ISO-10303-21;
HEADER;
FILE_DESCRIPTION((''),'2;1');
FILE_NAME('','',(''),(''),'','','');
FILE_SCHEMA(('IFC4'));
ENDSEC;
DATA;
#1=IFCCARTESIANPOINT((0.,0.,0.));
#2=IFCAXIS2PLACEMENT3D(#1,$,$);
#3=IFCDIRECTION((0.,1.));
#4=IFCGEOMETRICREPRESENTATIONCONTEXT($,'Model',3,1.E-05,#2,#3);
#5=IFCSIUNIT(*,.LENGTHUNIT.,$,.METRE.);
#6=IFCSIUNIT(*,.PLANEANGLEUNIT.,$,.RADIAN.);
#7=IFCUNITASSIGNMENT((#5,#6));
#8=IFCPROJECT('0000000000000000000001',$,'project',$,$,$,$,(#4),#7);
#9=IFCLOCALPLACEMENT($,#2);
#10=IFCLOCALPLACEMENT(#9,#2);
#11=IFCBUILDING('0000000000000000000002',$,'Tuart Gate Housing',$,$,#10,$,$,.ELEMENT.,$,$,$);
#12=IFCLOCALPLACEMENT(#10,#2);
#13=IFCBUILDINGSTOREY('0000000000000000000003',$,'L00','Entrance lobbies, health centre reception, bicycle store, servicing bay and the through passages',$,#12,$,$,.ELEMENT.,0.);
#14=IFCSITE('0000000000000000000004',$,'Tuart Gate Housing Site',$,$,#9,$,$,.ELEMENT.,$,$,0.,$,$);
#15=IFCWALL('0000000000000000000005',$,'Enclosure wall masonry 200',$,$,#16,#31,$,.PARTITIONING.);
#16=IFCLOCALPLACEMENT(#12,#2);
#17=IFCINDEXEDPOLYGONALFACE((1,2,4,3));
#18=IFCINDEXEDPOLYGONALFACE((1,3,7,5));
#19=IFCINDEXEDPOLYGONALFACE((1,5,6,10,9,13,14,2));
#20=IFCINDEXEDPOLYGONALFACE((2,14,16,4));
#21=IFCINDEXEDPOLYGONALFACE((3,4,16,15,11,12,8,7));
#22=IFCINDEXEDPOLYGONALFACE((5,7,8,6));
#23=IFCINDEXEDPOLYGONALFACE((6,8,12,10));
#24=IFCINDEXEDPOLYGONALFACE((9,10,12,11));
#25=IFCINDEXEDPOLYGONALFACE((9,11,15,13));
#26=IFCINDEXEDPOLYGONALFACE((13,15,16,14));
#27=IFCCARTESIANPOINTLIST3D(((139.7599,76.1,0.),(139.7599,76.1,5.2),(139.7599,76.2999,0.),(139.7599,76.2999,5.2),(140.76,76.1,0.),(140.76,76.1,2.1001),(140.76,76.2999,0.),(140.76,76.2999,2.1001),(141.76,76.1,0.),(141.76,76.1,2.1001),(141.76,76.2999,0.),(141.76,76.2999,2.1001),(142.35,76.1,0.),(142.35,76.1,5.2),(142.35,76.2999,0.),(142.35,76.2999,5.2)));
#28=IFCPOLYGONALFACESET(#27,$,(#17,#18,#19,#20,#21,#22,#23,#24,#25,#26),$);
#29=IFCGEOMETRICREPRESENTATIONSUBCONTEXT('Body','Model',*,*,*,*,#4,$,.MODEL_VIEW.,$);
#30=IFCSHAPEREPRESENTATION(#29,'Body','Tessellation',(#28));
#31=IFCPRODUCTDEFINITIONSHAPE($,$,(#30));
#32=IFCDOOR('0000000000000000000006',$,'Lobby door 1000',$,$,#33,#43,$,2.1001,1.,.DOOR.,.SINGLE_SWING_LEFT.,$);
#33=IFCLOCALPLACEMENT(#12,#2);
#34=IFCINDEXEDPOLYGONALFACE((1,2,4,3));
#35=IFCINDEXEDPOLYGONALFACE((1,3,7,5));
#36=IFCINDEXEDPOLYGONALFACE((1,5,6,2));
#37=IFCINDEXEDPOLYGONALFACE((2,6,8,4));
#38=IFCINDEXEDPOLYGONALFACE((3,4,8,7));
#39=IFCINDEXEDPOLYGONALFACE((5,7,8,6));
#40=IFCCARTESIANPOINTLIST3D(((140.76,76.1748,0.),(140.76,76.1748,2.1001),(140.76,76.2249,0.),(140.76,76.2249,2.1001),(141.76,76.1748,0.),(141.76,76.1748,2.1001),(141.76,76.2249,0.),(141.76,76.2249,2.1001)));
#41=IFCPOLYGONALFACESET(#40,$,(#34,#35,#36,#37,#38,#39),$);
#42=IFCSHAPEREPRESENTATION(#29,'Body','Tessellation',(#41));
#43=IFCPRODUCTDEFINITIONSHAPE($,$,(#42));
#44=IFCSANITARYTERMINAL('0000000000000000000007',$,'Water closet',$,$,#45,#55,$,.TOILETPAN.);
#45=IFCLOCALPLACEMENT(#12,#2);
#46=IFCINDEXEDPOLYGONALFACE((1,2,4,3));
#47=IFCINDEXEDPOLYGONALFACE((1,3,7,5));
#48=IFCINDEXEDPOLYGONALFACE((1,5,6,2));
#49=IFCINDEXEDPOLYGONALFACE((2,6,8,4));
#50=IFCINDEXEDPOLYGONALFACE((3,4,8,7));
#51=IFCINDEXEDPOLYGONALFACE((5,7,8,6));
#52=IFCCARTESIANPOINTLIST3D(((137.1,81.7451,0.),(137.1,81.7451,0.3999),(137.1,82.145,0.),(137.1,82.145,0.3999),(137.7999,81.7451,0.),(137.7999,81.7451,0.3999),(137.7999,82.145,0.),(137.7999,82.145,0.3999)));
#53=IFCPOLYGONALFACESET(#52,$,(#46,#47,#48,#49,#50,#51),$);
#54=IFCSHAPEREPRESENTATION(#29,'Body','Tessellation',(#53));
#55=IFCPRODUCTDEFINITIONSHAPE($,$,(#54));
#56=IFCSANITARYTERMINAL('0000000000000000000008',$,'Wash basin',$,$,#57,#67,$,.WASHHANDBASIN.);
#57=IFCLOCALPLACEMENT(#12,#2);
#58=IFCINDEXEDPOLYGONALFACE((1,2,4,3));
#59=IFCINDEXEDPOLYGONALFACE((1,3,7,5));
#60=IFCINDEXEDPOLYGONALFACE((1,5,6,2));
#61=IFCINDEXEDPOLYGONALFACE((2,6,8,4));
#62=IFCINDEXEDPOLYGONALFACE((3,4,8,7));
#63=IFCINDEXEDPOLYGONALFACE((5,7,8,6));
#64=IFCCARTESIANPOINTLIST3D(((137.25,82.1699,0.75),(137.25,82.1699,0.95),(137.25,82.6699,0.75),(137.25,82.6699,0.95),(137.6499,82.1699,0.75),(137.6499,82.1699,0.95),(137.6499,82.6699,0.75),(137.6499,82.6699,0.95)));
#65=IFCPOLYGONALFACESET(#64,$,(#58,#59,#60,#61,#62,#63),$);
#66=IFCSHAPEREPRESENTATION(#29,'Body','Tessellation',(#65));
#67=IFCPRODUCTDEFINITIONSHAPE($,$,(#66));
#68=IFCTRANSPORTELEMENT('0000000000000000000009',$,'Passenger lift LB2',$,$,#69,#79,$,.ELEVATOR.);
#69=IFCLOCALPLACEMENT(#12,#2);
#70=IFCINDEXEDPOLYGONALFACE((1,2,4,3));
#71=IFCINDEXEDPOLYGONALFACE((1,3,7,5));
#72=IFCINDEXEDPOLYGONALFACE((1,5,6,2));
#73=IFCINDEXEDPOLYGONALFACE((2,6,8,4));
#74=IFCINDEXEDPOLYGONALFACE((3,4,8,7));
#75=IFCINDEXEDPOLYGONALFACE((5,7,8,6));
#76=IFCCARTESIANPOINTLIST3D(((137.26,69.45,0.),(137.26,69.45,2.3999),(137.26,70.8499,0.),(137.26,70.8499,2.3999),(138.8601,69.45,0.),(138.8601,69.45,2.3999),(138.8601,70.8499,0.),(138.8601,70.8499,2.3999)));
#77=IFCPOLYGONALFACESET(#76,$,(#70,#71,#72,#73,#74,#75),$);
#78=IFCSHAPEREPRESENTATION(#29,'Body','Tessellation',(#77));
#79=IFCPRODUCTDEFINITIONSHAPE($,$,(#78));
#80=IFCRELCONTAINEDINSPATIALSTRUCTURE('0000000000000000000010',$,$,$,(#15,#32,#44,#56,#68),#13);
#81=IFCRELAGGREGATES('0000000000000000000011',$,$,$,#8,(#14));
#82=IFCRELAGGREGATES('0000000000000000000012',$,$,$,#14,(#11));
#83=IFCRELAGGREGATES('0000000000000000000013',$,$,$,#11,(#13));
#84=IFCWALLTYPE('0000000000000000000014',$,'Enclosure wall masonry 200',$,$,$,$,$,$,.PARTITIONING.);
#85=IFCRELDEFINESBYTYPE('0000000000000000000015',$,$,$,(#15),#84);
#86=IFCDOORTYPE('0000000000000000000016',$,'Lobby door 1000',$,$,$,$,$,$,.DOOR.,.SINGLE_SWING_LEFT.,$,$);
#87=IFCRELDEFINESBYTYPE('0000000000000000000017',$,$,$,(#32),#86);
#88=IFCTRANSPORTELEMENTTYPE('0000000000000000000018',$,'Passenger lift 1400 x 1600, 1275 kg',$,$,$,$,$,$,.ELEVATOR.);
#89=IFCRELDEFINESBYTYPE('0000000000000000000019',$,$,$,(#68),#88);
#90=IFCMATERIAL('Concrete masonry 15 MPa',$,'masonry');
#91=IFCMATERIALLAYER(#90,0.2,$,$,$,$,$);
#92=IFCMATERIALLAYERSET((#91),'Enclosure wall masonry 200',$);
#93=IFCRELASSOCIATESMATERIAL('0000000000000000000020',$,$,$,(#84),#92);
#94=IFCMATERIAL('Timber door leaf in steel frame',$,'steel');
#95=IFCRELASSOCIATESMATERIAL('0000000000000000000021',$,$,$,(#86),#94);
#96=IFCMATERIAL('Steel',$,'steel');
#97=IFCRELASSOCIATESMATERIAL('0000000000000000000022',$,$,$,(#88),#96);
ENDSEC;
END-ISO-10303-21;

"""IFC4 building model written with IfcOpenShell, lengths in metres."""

from ifc_helpers import new_model, si_unit, direction, frame, frame_2d, origin, origin_2d, place, context, subcontext, project, spatial, rectangle, extrude, material, layer, layer_set, type_object, element, fill, save


model = new_model("IFC4")

# Units and contexts
model_context = context("Model", 3, precision=1e-05, world=origin(), true_north=direction((0.0, 1.0)))
body_context = subcontext(model_context, "Body", "Model", "MODEL_VIEW")
ifc_project = project(units=[si_unit("LENGTHUNIT", "METRE"), si_unit("PLANEANGLEUNIT", "RADIAN")], contexts=[model_context])

# Site, building, storey
site_placement = place(None, origin())
site = spatial("IfcSite", under=ifc_project, at=site_placement, Name="Tuart Gate Housing Site", CompositionType="ELEMENT", RefElevation=0.0)
building_placement = place(site_placement, origin())
building = spatial("IfcBuilding", under=site, at=building_placement, Name="Tuart Gate Housing", CompositionType="ELEMENT")
storey_placement = place(building_placement, origin())
storey = spatial("IfcBuildingStorey", under=building, at=storey_placement, Name="L00", Description="Entrance lobbies, health centre reception, bicycle store, servicing bay and the through passages", CompositionType="ELEMENT", Elevation=0.0)

# Wall, opening, door
ifc_material_1 = material(Name="Concrete masonry 15 MPa", Category="masonry")
ifc_layer_1 = layer(ifc_material_1, 0.2)
ifc_layer_set_1 = layer_set([ifc_layer_1], Name="Enclosure wall masonry 200")
wall_type_1 = type_object("IfcWallType", Name="Enclosure wall masonry 200", PredefinedType="PARTITIONING", material=ifc_layer_set_1)
wall_1_placement = place(storey_placement, frame((139.76, 76.2, 0.0), z_axis=(0.0, 0.0, 1.0), x_axis=(1.0, 0.0, 0.0)))
wall_1 = element("IfcWall", 1, at=wall_1_placement, inside=storey, type_object=wall_type_1, Name="Enclosure wall masonry 200", PredefinedType="PARTITIONING", context=body_context, shape_type="SweptSolid", body=[
    extrude(rectangle(XDim=2.5901, YDim=0.2, at=frame_2d((1.2949, 0.0))), origin(), (0.0, 0.0, 1.0), 5.2),
])
opening_1_placement = place(wall_1_placement, frame((1.0, 0.0, 0.0)))
opening_1 = element("IfcOpeningElement", 2, at=opening_1_placement, cuts=wall_1, PredefinedType="OPENING", context=body_context, shape_type="SweptSolid", body=[
    extrude(rectangle(XDim=1.0, YDim=2.1001, at=frame_2d((0.5, 1.05))), frame((0.0, 0.1099, 0.0), z_axis=(0.0, -1.0, 0.0), x_axis=(1.0, 0.0, 0.0)), (0.0, 0.0, 1.0), 0.22),
])
ifc_material_2 = material(Name="Timber door leaf in steel frame", Category="steel")
door_type_1 = type_object("IfcDoorType", Name="Lobby door 1000", OperationType="SINGLE_SWING_LEFT", PredefinedType="DOOR", material=ifc_material_2)
door_1_placement = place(opening_1_placement, frame((1.0, 0.0, 0.0), z_axis=(0.0, 0.0, 1.0), x_axis=(-1.0, 0.0, 0.0)))
door_1 = element("IfcDoor", 3, at=door_1_placement, inside=storey, type_object=door_type_1, Name="Lobby door 1000", OperationType="SINGLE_SWING_LEFT", OverallHeight=2.1001, OverallWidth=1.0, PredefinedType="DOOR", context=body_context, shape_type="SweptSolid", body=[
    extrude(rectangle(XDim=1.0, YDim=2.1001, at=frame_2d((0.5, 1.05))), frame((0.0, 0.0251, 0.0), z_axis=(0.0, -1.0, 0.0), x_axis=(1.0, 0.0, 0.0)), (0.0, 0.0, 1.0), 0.05),
])
fill(opening_1, door_1)

# Sanitary terminals
sanitary_terminal_1_placement = place(storey_placement, frame((137.45, 81.9451, 0.0), z_axis=(0.0, 0.0, 1.0), x_axis=(1.0, 0.0, 0.0)))
element("IfcSanitaryTerminal", 4, at=sanitary_terminal_1_placement, inside=storey, Name="Water closet", PredefinedType="TOILETPAN", context=body_context, shape_type="SweptSolid", body=[
    extrude(rectangle(XDim=0.7, YDim=0.3999, at=origin_2d()), origin(), (0.0, 0.0, 1.0), 0.3999),
])
sanitary_terminal_2_placement = place(storey_placement, frame((137.45, 82.4199, 0.75), z_axis=(0.0, 0.0, 1.0), x_axis=(1.0, 0.0, 0.0)))
element("IfcSanitaryTerminal", 5, at=sanitary_terminal_2_placement, inside=storey, Name="Wash basin", PredefinedType="WASHHANDBASIN", context=body_context, shape_type="SweptSolid", body=[
    extrude(rectangle(XDim=0.3999, YDim=0.5, at=origin_2d()), origin(), (0.0, 0.0, 1.0), 0.2),
])

# Transport element
ifc_material_3 = material(Name="Steel", Category="steel")
transport_element_type = type_object("IfcTransportElementType", Name="Passenger lift 1400 x 1600, 1275 kg", PredefinedType="ELEVATOR", material=ifc_material_3)
transport_element_placement = place(storey_placement, frame((138.0601, 70.1499, 0.0), z_axis=(0.0, 0.0, 1.0), x_axis=(0.0, 1.0, 0.0)))
element("IfcTransportElement", 6, at=transport_element_placement, inside=storey, type_object=transport_element_type, Name="Passenger lift LB2", PredefinedType="ELEVATOR", context=body_context, shape_type="SweptSolid", body=[
    extrude(rectangle(XDim=1.3999, YDim=1.6001, at=origin_2d()), origin(), (0.0, 0.0, 1.0), 2.3999),
])

save(model, "model.ifc")
